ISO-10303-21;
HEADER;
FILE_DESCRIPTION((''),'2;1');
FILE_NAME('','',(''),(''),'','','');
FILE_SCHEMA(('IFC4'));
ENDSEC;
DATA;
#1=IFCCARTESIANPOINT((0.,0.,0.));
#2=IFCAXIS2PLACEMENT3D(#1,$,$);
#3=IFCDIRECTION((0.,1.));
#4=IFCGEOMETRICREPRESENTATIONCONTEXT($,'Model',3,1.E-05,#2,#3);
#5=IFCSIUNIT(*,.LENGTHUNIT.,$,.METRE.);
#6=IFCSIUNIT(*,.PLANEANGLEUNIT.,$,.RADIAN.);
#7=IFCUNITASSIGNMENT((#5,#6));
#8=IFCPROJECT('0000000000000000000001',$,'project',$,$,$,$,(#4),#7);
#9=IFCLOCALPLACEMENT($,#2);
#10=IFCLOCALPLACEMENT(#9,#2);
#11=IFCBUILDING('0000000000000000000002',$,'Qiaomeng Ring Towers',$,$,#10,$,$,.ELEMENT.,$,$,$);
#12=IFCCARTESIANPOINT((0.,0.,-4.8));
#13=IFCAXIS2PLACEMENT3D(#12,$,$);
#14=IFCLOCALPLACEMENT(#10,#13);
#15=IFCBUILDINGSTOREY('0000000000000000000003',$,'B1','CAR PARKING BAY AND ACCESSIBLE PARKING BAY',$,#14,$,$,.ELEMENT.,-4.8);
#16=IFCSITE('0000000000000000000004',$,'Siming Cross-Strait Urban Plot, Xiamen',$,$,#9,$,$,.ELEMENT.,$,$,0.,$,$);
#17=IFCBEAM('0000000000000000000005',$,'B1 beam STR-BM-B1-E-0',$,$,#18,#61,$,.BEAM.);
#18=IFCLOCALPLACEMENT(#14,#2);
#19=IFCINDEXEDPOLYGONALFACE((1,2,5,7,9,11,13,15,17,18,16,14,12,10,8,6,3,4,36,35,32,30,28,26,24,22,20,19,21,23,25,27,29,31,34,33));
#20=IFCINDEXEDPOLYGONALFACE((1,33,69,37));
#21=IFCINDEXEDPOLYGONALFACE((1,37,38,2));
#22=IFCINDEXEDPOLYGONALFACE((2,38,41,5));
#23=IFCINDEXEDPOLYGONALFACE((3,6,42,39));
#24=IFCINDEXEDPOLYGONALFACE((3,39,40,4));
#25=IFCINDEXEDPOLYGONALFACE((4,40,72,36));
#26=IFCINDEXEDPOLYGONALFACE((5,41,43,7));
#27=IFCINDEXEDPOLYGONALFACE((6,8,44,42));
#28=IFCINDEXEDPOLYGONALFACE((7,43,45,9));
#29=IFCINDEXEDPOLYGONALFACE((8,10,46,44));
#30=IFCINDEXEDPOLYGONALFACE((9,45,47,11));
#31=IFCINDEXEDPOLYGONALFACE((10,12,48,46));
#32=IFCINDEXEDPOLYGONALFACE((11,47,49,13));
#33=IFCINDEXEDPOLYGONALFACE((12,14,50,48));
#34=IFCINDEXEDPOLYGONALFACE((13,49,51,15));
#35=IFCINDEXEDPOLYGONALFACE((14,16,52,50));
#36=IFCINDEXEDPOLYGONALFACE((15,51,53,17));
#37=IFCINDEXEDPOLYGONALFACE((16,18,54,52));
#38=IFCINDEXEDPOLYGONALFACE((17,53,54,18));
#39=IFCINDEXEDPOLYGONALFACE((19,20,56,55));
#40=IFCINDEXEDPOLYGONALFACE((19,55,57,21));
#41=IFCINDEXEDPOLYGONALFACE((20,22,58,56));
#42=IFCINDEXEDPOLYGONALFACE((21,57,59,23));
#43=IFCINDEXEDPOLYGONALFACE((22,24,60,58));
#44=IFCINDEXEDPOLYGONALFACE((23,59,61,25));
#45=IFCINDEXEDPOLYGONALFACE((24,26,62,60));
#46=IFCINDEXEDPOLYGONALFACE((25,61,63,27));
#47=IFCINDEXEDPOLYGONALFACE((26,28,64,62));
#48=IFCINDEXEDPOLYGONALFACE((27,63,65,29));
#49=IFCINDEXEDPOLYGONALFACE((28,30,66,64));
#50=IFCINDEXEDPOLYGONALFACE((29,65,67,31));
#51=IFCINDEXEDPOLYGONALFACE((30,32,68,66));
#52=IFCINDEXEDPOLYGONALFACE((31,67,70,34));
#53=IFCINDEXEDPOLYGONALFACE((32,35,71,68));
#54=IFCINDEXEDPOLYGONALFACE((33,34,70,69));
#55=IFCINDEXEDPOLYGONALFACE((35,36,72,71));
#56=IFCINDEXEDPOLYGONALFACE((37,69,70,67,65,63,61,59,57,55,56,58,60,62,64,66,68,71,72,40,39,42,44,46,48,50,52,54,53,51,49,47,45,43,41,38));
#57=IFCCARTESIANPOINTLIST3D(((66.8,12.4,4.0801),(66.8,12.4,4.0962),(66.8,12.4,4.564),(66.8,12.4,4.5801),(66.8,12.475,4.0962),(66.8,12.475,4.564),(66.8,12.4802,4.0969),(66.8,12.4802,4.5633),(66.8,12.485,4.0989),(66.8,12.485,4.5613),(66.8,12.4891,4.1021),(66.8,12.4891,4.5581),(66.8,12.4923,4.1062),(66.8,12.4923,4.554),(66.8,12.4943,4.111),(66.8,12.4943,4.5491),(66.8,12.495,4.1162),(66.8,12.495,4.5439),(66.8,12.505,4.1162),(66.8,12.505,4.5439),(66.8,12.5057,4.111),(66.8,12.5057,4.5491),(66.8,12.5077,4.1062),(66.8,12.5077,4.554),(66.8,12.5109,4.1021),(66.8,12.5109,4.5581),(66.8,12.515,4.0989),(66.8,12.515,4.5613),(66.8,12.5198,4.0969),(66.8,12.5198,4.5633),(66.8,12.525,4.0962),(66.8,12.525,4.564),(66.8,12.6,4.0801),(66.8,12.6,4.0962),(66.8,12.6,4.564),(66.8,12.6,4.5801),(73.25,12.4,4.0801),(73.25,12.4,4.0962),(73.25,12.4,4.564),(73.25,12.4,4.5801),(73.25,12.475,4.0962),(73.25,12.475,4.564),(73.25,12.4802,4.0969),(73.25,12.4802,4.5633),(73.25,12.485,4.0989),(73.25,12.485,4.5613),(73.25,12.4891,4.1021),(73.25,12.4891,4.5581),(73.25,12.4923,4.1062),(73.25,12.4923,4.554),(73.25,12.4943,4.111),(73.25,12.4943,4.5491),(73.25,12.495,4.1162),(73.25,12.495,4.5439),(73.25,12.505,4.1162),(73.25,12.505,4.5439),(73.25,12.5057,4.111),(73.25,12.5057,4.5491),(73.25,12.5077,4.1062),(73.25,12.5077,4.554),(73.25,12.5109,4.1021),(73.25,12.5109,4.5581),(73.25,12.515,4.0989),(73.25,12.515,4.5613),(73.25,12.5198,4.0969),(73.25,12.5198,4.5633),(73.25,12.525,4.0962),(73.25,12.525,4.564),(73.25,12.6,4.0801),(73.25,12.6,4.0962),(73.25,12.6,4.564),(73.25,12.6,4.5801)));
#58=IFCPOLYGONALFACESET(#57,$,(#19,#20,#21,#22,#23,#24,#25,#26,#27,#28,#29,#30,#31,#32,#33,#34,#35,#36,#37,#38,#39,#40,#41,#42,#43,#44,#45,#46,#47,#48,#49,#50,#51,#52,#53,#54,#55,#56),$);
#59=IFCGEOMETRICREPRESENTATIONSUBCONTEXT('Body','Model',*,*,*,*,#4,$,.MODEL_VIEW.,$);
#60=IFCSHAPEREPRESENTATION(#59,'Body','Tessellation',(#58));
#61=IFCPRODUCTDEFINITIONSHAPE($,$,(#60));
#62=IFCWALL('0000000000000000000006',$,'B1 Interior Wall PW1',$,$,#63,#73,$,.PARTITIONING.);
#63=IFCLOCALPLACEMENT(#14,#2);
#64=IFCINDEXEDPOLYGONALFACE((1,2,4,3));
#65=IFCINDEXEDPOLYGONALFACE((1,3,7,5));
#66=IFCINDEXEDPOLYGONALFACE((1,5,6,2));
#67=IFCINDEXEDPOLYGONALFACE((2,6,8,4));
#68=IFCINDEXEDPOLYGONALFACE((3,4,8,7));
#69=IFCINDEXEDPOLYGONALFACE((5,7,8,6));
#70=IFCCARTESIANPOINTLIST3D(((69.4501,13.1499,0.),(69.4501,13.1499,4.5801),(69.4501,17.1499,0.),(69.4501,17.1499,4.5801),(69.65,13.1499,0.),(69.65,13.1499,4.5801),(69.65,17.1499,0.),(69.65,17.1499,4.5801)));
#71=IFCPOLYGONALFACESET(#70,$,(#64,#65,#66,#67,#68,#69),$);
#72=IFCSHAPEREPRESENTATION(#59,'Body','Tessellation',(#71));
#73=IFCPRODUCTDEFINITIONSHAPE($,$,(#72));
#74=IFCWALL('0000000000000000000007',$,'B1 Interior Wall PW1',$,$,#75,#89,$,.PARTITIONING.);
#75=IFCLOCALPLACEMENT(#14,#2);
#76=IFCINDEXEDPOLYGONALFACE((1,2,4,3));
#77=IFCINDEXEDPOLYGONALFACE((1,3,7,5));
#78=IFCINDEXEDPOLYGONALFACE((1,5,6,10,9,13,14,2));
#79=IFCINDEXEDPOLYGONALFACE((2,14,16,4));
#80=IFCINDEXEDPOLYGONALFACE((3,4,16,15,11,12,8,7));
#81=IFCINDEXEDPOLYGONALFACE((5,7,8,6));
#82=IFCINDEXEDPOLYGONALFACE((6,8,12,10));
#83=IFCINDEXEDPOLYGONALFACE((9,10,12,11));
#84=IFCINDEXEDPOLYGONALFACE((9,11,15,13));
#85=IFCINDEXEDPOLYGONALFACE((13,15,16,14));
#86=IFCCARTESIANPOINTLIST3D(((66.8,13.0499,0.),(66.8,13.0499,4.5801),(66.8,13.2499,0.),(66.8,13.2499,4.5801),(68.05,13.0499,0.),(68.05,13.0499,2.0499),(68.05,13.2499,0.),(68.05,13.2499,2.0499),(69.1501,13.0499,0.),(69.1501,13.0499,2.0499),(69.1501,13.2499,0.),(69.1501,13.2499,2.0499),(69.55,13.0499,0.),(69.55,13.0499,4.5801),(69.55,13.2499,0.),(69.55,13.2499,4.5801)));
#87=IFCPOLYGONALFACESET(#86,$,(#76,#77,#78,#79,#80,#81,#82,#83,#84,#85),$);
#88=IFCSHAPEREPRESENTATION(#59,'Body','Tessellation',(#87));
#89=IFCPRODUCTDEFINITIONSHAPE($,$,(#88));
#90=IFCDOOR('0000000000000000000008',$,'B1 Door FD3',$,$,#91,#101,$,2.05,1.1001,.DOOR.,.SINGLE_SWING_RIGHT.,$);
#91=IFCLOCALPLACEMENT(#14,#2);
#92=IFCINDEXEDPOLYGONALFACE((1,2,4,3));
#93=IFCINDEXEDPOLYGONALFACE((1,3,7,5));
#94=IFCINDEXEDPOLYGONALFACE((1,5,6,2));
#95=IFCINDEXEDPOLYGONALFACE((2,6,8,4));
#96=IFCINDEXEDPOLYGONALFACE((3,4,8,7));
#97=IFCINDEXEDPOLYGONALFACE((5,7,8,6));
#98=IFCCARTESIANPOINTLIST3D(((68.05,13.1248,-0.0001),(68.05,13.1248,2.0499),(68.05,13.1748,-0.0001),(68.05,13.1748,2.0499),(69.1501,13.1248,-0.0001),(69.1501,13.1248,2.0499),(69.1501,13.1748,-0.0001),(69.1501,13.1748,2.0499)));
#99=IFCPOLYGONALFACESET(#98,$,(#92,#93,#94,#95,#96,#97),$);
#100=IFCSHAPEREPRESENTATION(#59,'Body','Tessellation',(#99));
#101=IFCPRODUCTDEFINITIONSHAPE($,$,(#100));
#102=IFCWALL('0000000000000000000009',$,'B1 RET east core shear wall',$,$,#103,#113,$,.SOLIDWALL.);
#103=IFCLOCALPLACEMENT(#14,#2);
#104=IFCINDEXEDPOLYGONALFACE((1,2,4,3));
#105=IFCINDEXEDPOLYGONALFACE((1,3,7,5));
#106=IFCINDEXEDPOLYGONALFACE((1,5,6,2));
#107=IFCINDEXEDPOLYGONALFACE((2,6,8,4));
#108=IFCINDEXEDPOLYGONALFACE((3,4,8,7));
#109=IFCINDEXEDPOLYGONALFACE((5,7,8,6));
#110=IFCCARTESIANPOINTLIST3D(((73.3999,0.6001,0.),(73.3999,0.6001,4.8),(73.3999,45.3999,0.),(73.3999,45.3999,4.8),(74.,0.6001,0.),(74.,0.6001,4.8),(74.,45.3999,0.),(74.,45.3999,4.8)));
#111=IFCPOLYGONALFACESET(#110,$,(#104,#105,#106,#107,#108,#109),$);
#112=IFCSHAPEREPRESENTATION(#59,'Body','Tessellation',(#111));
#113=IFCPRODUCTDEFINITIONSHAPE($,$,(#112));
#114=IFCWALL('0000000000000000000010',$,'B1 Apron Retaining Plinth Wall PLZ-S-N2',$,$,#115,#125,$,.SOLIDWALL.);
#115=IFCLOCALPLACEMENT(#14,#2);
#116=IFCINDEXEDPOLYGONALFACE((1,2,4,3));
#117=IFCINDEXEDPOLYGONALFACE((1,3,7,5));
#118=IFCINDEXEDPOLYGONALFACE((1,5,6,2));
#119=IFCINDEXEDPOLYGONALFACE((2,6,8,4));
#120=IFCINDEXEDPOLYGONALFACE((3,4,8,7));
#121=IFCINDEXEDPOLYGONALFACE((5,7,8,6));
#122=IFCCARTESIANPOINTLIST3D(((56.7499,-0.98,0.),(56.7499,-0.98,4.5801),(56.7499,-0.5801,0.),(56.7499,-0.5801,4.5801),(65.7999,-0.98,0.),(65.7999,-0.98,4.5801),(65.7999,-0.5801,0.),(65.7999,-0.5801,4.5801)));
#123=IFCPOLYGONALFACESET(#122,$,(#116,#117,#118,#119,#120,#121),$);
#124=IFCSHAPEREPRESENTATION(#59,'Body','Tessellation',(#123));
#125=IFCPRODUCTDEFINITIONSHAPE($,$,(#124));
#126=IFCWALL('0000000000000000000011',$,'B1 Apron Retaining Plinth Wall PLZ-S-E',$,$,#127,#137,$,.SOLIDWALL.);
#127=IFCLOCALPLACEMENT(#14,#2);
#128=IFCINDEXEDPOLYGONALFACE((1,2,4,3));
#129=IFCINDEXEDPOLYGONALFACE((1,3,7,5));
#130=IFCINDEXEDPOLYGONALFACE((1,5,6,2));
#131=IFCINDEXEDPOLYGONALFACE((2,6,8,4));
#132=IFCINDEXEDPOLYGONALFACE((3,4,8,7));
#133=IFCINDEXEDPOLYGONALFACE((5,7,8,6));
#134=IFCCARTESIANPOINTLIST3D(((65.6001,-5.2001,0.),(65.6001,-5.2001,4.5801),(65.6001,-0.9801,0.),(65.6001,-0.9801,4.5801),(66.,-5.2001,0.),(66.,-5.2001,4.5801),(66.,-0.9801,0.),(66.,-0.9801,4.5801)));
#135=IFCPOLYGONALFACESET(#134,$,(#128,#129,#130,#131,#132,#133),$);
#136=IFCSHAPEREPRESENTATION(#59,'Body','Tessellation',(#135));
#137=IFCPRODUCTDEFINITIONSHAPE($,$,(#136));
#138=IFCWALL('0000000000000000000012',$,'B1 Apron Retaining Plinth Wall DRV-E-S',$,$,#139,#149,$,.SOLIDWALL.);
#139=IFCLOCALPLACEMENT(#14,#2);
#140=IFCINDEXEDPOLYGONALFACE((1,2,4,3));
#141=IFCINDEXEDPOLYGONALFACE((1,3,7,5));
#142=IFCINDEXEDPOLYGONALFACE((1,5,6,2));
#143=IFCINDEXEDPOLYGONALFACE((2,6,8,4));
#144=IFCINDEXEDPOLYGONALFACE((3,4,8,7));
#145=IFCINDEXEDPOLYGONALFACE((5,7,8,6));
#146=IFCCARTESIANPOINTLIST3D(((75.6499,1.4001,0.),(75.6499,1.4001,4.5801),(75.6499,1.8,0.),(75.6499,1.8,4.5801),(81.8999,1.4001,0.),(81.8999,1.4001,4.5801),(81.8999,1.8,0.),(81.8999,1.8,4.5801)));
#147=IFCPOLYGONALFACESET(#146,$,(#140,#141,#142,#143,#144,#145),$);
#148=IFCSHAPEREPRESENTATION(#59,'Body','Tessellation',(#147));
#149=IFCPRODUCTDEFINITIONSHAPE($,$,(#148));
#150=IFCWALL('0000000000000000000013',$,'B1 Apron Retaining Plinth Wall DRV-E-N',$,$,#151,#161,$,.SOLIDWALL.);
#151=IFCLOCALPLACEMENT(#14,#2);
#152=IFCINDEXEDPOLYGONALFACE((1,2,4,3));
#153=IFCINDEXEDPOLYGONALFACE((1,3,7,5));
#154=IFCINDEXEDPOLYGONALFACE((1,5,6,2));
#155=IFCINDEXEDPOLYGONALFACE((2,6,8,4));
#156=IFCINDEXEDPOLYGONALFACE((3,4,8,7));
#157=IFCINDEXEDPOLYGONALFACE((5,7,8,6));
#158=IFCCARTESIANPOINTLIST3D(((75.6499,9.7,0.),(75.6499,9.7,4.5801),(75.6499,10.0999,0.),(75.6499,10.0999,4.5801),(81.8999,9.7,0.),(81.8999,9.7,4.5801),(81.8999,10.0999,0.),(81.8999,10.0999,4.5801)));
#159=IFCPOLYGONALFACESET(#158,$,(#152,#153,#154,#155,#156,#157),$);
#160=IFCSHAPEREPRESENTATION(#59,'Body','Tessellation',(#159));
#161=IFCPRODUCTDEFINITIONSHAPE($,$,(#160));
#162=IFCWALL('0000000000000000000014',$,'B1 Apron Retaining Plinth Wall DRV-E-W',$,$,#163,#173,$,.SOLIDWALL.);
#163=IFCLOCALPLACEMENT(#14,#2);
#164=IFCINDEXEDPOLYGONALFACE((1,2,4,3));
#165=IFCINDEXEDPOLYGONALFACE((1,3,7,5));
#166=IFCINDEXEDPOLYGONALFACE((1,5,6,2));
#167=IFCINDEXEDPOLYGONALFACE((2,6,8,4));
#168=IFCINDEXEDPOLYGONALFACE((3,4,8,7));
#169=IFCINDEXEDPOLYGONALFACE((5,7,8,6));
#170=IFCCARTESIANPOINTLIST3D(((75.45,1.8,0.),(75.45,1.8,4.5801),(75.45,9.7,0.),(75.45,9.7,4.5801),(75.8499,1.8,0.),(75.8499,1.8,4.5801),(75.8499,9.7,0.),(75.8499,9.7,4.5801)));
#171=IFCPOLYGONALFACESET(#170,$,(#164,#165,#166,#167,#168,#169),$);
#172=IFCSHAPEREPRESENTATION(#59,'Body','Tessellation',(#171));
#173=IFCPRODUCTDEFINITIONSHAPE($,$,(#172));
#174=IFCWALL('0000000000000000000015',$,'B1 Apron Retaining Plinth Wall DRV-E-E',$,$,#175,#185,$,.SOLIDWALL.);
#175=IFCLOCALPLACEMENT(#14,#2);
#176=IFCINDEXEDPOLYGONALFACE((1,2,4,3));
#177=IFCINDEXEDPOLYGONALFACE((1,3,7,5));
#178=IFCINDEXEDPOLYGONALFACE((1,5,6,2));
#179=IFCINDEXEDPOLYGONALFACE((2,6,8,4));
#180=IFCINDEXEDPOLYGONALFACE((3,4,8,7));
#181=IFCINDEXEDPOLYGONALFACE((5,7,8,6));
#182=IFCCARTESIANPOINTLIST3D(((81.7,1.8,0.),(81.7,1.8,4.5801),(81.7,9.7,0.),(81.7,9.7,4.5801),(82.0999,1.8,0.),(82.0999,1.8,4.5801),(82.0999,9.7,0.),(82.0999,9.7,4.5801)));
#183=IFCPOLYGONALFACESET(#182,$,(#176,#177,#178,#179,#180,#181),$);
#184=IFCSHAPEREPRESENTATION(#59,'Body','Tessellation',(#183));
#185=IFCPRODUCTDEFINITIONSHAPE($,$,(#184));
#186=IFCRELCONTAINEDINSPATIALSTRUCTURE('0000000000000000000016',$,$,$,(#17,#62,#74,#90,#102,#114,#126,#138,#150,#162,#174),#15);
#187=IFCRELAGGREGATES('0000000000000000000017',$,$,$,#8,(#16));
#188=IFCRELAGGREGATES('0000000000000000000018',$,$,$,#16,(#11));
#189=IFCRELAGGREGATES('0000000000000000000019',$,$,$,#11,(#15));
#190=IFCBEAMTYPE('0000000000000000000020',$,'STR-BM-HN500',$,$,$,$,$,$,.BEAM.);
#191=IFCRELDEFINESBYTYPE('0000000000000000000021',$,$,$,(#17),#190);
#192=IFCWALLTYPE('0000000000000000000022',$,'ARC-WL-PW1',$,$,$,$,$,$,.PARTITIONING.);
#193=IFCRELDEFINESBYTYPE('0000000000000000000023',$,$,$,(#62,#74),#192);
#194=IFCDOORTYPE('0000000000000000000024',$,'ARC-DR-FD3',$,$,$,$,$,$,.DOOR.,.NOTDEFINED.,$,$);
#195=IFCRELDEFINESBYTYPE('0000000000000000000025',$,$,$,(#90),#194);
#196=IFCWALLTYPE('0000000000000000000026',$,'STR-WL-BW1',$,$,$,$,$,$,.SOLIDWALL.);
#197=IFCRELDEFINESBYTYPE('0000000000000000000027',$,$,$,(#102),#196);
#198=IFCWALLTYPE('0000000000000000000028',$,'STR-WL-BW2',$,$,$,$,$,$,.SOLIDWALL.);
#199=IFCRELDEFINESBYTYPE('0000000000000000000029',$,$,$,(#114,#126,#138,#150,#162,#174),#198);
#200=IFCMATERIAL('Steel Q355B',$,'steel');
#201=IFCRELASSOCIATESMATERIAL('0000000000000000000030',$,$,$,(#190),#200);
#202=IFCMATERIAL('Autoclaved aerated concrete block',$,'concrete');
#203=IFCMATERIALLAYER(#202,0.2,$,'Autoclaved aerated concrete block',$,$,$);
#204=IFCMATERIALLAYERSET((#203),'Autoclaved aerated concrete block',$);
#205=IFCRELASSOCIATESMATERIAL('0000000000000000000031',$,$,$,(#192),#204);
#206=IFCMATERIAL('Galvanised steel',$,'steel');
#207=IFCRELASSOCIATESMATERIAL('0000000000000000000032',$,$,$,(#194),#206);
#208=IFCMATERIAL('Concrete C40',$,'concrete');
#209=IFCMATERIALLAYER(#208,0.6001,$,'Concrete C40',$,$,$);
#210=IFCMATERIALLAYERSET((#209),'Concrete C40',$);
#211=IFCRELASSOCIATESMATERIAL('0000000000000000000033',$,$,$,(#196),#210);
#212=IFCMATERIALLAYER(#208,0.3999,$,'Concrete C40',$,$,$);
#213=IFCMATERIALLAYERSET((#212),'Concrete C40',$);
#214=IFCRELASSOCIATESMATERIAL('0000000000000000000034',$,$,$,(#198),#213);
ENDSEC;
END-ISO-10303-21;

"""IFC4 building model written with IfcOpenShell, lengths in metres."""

from ifc_helpers import new_model, si_unit, direction, frame, frame_2d, origin, origin_2d, place, context, subcontext, project, spatial, rectangle, i_section, extrude, source, transform, mapped, material, layer, layer_set, material_profile, profile_set, type_object, element, fill, save


model = new_model("IFC4")

# Units and contexts
model_context = context("Model", 3, precision=1e-05, world=origin(), true_north=direction((0.0, 1.0)))
body_context = subcontext(model_context, "Body", "Model", "MODEL_VIEW")
ifc_project = project(units=[si_unit("LENGTHUNIT", "METRE"), si_unit("PLANEANGLEUNIT", "RADIAN")], contexts=[model_context])

# Site, building, storey
site_placement = place(None, origin())
site = spatial("IfcSite", under=ifc_project, at=site_placement, Name="Siming Cross-Strait Urban Plot, Xiamen", CompositionType="ELEMENT", RefElevation=0.0)
building_placement = place(site_placement, origin())
building = spatial("IfcBuilding", under=site, at=building_placement, Name="Qiaomeng Ring Towers", CompositionType="ELEMENT")
storey_placement = place(building_placement, frame((0.0, 0.0, -4.8)))
storey = spatial("IfcBuildingStorey", under=building, at=storey_placement, Name="B1", Description="CAR PARKING BAY AND ACCESSIBLE PARKING BAY", CompositionType="ELEMENT", Elevation=-4.8)

# Beam
ifc_material_1 = material(Name="Steel Q355B", Category="steel")
ifc_material_profile_1 = material_profile(ifc_material_1, i_section(OverallWidth=0.2, OverallDepth=0.5, WebThickness=0.01, FlangeThickness=0.0161, FilletRadius=0.02, at=origin_2d()), Name="HN 500x200x10x16")
ifc_profile_set_1 = profile_set([ifc_material_profile_1], Name="Steel Q355B")
beam_type_1 = type_object("IfcBeamType", Name="STR-BM-HN500", PredefinedType="BEAM", material=ifc_profile_set_1)
shared_shape_1 = source(origin(), body_context, "Body", "SweptSolid", [
    extrude(i_section(OverallWidth=0.2, OverallDepth=0.5, WebThickness=0.01, FlangeThickness=0.0161, FilletRadius=0.02, at=origin_2d()), origin(), (0.0, 0.0, 1.0), 6.45),
])
beam_1_placement = place(storey_placement, frame((66.8, 12.5, 4.3301), z_axis=(1.0, 0.0, 0.0), x_axis=(0.0, 1.0, 0.0)))
element("IfcBeam", 1, at=beam_1_placement, inside=storey, type_object=beam_type_1, Name="B1 beam STR-BM-B1-E-0", PredefinedType="BEAM", context=body_context, shape_type="MappedRepresentation", body=[
    mapped(shared_shape_1, transform((0.0, 0.0, 0.0), x_axis=(1.0, 0.0, 0.0), y_axis=(0.0, 1.0, 0.0), z_axis=(0.0, 0.0, 1.0), scale=1.0)),
])

# Wall
ifc_material_2 = material(Name="Autoclaved aerated concrete block", Category="concrete")
ifc_layer_1 = layer(ifc_material_2, 0.2, Name="Autoclaved aerated concrete block")
ifc_layer_set_1 = layer_set([ifc_layer_1], Name="Autoclaved aerated concrete block")
wall_type_1 = type_object("IfcWallType", Name="ARC-WL-PW1", PredefinedType="PARTITIONING", material=ifc_layer_set_1)
wall_1_placement = place(storey_placement, frame((69.55, 13.1499, 0.0), z_axis=(0.0, 0.0, 1.0), x_axis=(0.0, 1.0, 0.0)))
element("IfcWall", 2, at=wall_1_placement, inside=storey, type_object=wall_type_1, Name="B1 Interior Wall PW1", PredefinedType="PARTITIONING", context=body_context, shape_type="SweptSolid", body=[
    extrude(rectangle(XDim=4.0, YDim=0.2, at=frame_2d((2.0, 0.0))), origin(), (0.0, 0.0, 1.0), 4.5801),
])

# Wall, opening, door
wall_2_placement = place(storey_placement, frame((66.8, 13.1499, 0.0), z_axis=(0.0, 0.0, 1.0), x_axis=(1.0, 0.0, 0.0)))
wall_2 = element("IfcWall", 3, at=wall_2_placement, inside=storey, type_object=wall_type_1, Name="B1 Interior Wall PW1", PredefinedType="PARTITIONING", context=body_context, shape_type="SweptSolid", body=[
    extrude(rectangle(XDim=2.75, YDim=0.2, at=frame_2d((1.375, 0.0))), origin(), (0.0, 0.0, 1.0), 4.5801),
])
opening_1_placement = place(wall_2_placement, frame((1.25, 0.0, 0.0)))
opening_1 = element("IfcOpeningElement", 4, at=opening_1_placement, cuts=wall_2, PredefinedType="OPENING", context=body_context, shape_type="SweptSolid", body=[
    extrude(rectangle(XDim=1.1001, YDim=2.05, at=frame_2d((0.55, 1.0249))), frame((0.0, 0.1099, 0.0), z_axis=(0.0, -1.0, 0.0), x_axis=(1.0, 0.0, 0.0)), (0.0, 0.0, 1.0), 0.22),
])
ifc_material_3 = material(Name="Galvanised steel", Category="steel")
door_type_1 = type_object("IfcDoorType", Name="ARC-DR-FD3", OperationType="NOTDEFINED", PredefinedType="DOOR", material=ifc_material_3)
shared_shape_2 = source(origin(), body_context, "Body", "SweptSolid", [
    extrude(rectangle(XDim=1.1001, YDim=2.05, at=frame_2d((0.55, 1.0249))), frame((0.0, 0.0249, 0.0), z_axis=(0.0, -1.0, 0.0), x_axis=(1.0, 0.0, 0.0)), (0.0, 0.0, 1.0), 0.05),
])
door_1_placement = place(opening_1_placement, origin())
door_1 = element("IfcDoor", 5, at=door_1_placement, inside=storey, type_object=door_type_1, Name="B1 Door FD3", OperationType="SINGLE_SWING_RIGHT", OverallHeight=2.05, OverallWidth=1.1001, PredefinedType="DOOR", context=body_context, shape_type="MappedRepresentation", body=[
    mapped(shared_shape_2, transform((0.0, 0.0, 0.0), x_axis=(1.0, 0.0, 0.0), y_axis=(0.0, 1.0, 0.0), z_axis=(0.0, 0.0, 1.0), scale=1.0)),
])
fill(opening_1, door_1)

# Walls
ifc_material_4 = material(Name="Concrete C40", Category="concrete")
ifc_layer_2 = layer(ifc_material_4, 0.6001, Name="Concrete C40")
ifc_layer_set_2 = layer_set([ifc_layer_2], Name="Concrete C40")
wall_type_2 = type_object("IfcWallType", Name="STR-WL-BW1", PredefinedType="SOLIDWALL", material=ifc_layer_set_2)
wall_3_placement = place(storey_placement, frame((73.7, 0.6001, 0.0), z_axis=(0.0, 0.0, 1.0), x_axis=(0.0, 1.0, 0.0)))
element("IfcWall", 6, at=wall_3_placement, inside=storey, type_object=wall_type_2, Name="B1 RET east core shear wall", PredefinedType="SOLIDWALL", context=body_context, shape_type="SweptSolid", body=[
    extrude(rectangle(XDim=44.7998, YDim=0.6001, at=frame_2d((22.3999, 0.0))), origin(), (0.0, 0.0, 1.0), 4.8),
])
ifc_layer_3 = layer(ifc_material_4, 0.3999, Name="Concrete C40")
ifc_layer_set_3 = layer_set([ifc_layer_3], Name="Concrete C40")
wall_type_3 = type_object("IfcWallType", Name="STR-WL-BW2", PredefinedType="SOLIDWALL", material=ifc_layer_set_3)
wall_4_placement = place(storey_placement, frame((56.75, -0.78, 0.0), z_axis=(0.0, 0.0, 1.0), x_axis=(1.0, 0.0, 0.0)))
element("IfcWall", 7, at=wall_4_placement, inside=storey, type_object=wall_type_3, Name="B1 Apron Retaining Plinth Wall PLZ-S-N2", PredefinedType="SOLIDWALL", context=body_context, shape_type="SweptSolid", body=[
    extrude(rectangle(XDim=9.05, YDim=0.3999, at=frame_2d((4.5249, 0.0))), origin(), (0.0, 0.0, 1.0), 4.5801),
])
wall_5_placement = place(storey_placement, frame((65.8, -5.2, 0.0), z_axis=(0.0, 0.0, 1.0), x_axis=(0.0, 1.0, 0.0)))
element("IfcWall", 8, at=wall_5_placement, inside=storey, type_object=wall_type_3, Name="B1 Apron Retaining Plinth Wall PLZ-S-E", PredefinedType="SOLIDWALL", context=body_context, shape_type="SweptSolid", body=[
    extrude(rectangle(XDim=4.22, YDim=0.3999, at=frame_2d((2.1099, 0.0))), origin(), (0.0, 0.0, 1.0), 4.5801),
])
for number, where, z_axis, x_axis, name in (
    (9, (75.6499, 1.6001, 0.0), (0.0, 0.0, 1.0), (1.0, 0.0, 0.0), "B1 Apron Retaining Plinth Wall DRV-E-S"),
    (10, (75.6499, 9.8999, 0.0), (0.0, 0.0, 1.0), (1.0, 0.0, 0.0), "B1 Apron Retaining Plinth Wall DRV-E-N"),
):
    element("IfcWall", number, at=place(storey_placement, frame(where, z_axis=z_axis, x_axis=x_axis)), inside=storey, type_object=wall_type_3, Name=name, PredefinedType="SOLIDWALL", context=body_context, shape_type="SweptSolid", body=[
        extrude(rectangle(XDim=6.25, YDim=0.3999, at=frame_2d((3.125, 0.0))), origin(), (0.0, 0.0, 1.0), 4.5801),
    ])
for number, where, z_axis, x_axis, name in (
    (11, (75.6499, 1.8, 0.0), (0.0, 0.0, 1.0), (0.0, 1.0, 0.0), "B1 Apron Retaining Plinth Wall DRV-E-W"),
    (12, (81.8999, 1.8, 0.0), (0.0, 0.0, 1.0), (0.0, 1.0, 0.0), "B1 Apron Retaining Plinth Wall DRV-E-E"),
):
    element("IfcWall", number, at=place(storey_placement, frame(where, z_axis=z_axis, x_axis=x_axis)), inside=storey, type_object=wall_type_3, Name=name, PredefinedType="SOLIDWALL", context=body_context, shape_type="SweptSolid", body=[
        extrude(rectangle(XDim=7.8999, YDim=0.3999, at=frame_2d((3.95, 0.0))), origin(), (0.0, 0.0, 1.0), 4.5801),
    ])

save(model, "model.ifc")
